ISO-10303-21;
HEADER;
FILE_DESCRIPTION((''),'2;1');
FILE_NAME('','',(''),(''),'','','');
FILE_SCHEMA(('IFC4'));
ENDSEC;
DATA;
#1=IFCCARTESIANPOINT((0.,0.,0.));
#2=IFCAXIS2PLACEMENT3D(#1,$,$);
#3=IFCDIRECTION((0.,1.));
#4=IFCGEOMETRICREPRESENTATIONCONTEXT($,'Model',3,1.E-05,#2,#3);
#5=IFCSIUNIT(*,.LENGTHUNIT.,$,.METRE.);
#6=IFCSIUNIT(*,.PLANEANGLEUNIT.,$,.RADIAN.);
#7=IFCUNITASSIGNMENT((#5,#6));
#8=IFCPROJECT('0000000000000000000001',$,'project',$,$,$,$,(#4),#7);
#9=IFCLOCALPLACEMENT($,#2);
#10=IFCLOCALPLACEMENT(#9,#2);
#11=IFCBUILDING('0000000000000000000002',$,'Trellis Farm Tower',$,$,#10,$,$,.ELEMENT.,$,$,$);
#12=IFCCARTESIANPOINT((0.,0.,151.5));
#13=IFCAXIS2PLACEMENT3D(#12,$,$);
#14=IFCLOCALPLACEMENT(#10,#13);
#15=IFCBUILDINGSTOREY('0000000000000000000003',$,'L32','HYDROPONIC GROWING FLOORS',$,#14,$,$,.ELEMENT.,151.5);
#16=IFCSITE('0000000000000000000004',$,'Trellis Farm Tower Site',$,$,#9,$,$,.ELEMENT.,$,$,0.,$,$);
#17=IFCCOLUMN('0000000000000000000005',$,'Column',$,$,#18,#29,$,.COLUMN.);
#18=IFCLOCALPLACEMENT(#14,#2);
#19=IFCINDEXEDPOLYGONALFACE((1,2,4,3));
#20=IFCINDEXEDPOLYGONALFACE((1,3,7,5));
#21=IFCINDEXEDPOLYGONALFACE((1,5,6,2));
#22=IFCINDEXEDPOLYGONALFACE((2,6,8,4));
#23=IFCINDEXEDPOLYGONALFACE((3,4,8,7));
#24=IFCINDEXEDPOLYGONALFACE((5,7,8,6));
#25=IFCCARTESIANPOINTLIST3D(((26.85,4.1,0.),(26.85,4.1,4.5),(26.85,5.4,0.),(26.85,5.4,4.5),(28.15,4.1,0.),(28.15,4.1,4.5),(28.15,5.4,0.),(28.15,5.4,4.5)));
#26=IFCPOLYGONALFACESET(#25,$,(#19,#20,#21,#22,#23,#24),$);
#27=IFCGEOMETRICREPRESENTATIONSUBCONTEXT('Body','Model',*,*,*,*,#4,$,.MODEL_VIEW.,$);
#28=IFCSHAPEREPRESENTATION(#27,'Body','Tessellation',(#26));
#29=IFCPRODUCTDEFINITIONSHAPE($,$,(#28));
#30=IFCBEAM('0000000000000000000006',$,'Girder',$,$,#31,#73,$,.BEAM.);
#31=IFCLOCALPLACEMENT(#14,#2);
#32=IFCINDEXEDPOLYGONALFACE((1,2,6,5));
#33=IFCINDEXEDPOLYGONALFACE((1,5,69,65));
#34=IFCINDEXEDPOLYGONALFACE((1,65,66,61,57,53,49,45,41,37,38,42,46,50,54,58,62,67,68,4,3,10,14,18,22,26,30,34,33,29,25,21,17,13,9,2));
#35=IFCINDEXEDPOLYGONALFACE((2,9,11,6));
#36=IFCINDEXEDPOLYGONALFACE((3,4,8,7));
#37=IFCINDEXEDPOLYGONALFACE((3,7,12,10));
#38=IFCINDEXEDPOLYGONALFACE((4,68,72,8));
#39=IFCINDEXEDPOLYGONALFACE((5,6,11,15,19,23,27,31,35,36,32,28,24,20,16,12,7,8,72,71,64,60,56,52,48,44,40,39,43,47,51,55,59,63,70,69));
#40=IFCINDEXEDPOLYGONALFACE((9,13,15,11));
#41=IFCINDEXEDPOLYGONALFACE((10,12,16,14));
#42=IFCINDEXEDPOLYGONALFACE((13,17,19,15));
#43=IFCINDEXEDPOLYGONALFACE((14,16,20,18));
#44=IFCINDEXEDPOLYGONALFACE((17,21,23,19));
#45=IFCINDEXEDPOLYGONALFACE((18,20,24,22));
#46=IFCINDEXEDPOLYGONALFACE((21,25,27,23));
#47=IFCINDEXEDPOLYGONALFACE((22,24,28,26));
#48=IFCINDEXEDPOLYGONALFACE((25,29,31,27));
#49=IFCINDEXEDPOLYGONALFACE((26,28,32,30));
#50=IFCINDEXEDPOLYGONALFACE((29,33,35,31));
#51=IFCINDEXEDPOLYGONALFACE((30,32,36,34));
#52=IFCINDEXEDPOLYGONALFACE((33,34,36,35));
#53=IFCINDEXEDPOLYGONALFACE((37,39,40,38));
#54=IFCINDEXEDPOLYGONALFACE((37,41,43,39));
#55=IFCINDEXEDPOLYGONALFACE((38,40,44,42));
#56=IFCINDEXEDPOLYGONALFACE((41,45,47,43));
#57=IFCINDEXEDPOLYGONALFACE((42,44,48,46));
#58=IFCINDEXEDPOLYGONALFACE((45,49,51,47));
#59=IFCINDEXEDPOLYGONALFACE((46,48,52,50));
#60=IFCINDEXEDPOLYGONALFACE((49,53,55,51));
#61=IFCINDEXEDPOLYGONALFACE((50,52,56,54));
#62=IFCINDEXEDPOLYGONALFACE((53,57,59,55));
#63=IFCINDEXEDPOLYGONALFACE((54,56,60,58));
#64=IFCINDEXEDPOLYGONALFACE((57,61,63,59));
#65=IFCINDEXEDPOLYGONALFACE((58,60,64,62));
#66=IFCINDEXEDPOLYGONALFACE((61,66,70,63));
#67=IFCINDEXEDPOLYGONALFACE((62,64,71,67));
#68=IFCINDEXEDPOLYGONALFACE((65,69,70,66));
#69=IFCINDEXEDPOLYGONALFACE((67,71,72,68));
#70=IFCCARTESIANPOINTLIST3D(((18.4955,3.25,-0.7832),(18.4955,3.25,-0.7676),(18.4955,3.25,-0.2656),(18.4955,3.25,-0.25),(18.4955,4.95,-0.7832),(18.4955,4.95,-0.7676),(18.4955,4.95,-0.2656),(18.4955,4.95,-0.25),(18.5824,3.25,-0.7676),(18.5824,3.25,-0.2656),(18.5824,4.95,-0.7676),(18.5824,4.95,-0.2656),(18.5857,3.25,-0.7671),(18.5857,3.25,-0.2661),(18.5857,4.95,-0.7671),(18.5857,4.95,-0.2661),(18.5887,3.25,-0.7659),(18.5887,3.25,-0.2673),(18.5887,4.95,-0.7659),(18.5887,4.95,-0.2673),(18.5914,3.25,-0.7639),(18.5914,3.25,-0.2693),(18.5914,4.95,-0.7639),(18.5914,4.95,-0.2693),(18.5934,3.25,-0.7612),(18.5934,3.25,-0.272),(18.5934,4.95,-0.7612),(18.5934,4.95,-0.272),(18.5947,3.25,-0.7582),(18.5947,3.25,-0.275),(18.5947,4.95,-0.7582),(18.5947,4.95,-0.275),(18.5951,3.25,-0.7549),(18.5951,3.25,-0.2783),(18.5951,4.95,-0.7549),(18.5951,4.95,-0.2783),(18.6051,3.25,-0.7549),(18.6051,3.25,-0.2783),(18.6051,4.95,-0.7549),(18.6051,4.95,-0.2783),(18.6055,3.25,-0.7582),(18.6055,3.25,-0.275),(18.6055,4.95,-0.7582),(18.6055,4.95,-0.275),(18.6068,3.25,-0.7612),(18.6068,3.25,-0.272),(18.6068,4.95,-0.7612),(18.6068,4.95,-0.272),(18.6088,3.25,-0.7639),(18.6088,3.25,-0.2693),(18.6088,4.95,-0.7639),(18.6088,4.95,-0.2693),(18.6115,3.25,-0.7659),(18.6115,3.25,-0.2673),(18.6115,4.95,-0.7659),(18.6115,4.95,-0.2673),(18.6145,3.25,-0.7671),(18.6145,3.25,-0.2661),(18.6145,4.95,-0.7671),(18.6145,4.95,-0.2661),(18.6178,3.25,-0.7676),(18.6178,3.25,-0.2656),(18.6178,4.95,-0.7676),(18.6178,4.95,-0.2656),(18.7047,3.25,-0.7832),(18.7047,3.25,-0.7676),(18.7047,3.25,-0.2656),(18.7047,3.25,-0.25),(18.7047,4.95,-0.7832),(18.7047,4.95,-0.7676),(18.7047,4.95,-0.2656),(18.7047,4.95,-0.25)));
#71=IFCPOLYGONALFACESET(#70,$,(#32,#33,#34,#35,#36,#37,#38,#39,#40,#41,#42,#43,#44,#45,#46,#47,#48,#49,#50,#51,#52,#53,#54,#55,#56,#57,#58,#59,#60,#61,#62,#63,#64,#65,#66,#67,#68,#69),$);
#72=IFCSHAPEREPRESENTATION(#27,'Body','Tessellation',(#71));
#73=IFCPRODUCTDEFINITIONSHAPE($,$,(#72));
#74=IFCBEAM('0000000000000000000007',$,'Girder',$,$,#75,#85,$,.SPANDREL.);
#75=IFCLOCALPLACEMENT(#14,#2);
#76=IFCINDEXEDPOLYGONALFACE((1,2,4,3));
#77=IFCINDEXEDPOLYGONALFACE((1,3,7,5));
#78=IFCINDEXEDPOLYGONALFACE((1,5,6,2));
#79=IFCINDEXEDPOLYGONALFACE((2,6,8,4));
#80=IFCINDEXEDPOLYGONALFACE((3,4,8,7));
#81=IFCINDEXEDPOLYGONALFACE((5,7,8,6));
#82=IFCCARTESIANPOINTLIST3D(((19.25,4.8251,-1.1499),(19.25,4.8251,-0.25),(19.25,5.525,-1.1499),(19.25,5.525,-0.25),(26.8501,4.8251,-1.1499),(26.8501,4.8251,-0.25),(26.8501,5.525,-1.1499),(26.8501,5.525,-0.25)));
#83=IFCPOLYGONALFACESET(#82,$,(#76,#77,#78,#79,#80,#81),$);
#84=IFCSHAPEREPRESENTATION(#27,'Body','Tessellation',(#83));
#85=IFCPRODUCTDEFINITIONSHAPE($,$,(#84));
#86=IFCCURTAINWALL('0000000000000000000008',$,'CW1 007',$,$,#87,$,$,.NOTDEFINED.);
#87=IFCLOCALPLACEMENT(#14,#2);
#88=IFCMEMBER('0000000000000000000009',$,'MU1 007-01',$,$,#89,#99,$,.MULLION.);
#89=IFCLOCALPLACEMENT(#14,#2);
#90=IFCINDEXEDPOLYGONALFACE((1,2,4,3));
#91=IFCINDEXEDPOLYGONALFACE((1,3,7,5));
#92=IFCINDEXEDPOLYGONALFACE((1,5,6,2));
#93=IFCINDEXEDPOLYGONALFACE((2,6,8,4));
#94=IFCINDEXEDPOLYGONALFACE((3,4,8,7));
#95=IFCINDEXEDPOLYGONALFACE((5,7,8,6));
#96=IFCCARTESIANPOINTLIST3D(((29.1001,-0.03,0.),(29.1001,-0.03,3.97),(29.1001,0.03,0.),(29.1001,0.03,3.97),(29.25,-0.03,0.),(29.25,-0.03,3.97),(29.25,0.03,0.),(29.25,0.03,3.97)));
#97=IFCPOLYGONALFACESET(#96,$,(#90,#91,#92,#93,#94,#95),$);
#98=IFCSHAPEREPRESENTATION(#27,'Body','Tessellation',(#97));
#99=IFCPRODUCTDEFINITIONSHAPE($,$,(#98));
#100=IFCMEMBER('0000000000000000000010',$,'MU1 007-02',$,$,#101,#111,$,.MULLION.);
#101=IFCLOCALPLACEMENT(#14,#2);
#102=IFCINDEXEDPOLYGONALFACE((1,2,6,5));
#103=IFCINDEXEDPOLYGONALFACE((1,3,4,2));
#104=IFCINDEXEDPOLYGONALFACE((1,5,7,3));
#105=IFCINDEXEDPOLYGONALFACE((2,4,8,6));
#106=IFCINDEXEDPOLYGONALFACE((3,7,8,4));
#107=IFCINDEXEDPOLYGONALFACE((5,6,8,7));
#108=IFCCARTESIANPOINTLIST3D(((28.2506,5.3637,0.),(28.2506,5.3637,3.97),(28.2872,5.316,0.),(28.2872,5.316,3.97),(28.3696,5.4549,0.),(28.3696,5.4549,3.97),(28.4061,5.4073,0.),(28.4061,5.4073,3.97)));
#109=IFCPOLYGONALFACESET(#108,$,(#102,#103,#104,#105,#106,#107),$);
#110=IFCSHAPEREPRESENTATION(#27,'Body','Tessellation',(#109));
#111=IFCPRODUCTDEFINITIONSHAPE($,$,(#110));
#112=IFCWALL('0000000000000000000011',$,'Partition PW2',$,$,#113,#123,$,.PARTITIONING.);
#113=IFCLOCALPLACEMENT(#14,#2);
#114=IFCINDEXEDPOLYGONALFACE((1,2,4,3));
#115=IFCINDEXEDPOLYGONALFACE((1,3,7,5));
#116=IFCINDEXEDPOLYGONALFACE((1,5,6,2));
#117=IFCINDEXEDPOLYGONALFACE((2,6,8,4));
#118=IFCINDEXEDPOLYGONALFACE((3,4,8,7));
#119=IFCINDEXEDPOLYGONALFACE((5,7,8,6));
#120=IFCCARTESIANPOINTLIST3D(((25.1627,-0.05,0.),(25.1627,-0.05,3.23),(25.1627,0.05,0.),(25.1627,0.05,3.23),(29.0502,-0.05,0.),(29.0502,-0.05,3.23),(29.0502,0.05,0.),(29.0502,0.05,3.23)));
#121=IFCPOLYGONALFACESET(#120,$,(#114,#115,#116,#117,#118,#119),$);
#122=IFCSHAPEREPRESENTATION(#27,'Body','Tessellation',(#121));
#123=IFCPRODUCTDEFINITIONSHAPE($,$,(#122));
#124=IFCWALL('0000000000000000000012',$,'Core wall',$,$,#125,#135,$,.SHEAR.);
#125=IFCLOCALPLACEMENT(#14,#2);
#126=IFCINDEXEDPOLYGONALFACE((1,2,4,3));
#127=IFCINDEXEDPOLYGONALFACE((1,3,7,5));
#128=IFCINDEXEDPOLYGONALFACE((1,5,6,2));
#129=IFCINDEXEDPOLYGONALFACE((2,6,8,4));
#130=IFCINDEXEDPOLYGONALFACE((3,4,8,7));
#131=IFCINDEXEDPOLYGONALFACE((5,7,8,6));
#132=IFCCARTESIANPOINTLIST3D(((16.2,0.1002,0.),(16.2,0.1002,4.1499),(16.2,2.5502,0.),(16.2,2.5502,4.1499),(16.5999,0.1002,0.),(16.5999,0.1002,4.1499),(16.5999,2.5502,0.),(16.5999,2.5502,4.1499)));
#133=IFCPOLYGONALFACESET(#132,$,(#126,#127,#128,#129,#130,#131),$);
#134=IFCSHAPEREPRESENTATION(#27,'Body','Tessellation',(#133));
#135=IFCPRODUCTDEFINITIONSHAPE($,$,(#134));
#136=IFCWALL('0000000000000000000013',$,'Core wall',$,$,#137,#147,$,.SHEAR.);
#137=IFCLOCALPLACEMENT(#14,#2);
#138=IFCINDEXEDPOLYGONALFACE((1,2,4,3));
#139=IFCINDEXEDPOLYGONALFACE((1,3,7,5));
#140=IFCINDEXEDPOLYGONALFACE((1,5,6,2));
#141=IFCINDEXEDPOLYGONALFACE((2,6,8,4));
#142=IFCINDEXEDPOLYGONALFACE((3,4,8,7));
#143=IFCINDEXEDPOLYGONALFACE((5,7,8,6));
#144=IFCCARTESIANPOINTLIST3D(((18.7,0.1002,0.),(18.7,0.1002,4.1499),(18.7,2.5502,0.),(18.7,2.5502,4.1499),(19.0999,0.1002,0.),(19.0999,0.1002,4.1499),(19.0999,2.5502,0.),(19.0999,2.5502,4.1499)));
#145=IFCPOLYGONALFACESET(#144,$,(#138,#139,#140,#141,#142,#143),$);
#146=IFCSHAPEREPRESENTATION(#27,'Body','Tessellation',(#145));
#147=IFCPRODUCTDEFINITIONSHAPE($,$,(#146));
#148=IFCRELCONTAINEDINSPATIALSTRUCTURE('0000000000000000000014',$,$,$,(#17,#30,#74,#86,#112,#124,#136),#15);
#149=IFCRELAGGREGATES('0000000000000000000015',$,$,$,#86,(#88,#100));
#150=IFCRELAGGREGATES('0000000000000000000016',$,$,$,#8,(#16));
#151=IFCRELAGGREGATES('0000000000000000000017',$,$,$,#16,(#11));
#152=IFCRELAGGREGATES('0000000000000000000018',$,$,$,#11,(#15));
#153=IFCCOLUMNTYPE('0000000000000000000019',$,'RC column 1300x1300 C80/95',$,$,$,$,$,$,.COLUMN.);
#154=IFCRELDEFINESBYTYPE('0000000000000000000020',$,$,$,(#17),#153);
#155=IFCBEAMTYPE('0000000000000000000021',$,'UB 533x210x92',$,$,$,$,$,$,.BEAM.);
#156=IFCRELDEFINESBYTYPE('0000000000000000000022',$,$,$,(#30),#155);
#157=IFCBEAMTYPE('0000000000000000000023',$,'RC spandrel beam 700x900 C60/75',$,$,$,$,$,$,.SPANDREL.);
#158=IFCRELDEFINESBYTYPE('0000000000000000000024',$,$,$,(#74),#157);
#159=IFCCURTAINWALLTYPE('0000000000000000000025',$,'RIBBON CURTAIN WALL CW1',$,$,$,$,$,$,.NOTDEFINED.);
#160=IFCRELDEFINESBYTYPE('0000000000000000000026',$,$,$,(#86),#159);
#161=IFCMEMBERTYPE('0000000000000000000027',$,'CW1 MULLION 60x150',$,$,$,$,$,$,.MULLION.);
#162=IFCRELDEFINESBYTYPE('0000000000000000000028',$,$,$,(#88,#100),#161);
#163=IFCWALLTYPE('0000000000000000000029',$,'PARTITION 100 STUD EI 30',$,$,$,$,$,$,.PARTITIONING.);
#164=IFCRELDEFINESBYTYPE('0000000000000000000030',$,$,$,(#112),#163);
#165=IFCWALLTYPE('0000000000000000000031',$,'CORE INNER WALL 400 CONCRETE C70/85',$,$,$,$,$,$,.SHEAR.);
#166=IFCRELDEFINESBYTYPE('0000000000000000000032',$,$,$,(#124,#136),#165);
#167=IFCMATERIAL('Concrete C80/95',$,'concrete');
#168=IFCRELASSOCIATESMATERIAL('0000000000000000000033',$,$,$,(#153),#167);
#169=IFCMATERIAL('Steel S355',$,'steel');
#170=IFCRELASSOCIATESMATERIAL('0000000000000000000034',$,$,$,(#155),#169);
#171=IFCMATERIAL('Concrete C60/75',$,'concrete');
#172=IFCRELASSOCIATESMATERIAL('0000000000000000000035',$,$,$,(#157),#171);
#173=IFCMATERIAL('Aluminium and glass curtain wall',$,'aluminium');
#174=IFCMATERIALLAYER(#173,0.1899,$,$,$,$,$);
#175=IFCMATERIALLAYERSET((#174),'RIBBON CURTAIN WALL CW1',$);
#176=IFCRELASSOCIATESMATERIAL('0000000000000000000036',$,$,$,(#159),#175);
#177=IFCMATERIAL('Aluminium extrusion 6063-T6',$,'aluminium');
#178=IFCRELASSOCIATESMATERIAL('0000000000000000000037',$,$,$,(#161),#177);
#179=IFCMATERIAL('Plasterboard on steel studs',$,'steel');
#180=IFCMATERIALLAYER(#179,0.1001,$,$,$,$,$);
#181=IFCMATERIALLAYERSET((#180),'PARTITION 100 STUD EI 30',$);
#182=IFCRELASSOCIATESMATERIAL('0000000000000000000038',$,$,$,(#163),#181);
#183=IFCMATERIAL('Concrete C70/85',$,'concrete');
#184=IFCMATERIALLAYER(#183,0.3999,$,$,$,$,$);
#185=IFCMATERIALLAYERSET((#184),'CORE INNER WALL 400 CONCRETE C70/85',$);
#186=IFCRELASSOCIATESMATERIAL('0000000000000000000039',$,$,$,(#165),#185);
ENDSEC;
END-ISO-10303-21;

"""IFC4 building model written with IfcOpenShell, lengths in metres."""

from ifc_helpers import new_model, si_unit, direction, frame, frame_2d, origin, origin_2d, place, context, subcontext, project, spatial, rectangle, i_section, extrude, source, transform, mapped, material, layer, layer_set, material_profile, profile_set, type_object, element, aggregate, save


model = new_model("IFC4")

# Units and contexts
model_context = context("Model", 3, precision=1e-05, world=origin(), true_north=direction((0.0, 1.0)))
body_context = subcontext(model_context, "Body", "Model", "MODEL_VIEW")
ifc_project = project(units=[si_unit("LENGTHUNIT", "METRE"), si_unit("PLANEANGLEUNIT", "RADIAN")], contexts=[model_context])

# Site, building, storey
site_placement = place(None, origin())
site = spatial("IfcSite", under=ifc_project, at=site_placement, Name="Trellis Farm Tower Site", CompositionType="ELEMENT", RefElevation=0.0)
building_placement = place(site_placement, origin())
building = spatial("IfcBuilding", under=site, at=building_placement, Name="Trellis Farm Tower", CompositionType="ELEMENT")
storey_placement = place(building_placement, frame((0.0, 0.0, 151.5)))
storey = spatial("IfcBuildingStorey", under=building, at=storey_placement, Name="L32", Description="HYDROPONIC GROWING FLOORS", CompositionType="ELEMENT", Elevation=151.5)

# Column
ifc_material_1 = material(Name="Concrete C80/95", Category="concrete")
ifc_material_profile_1 = material_profile(ifc_material_1, rectangle(XDim=1.3, YDim=1.3, at=origin_2d()), Name="RC column 1300x1300 C80/95")
ifc_profile_set_1 = profile_set([ifc_material_profile_1], Name="Concrete C80/95")
column_type = type_object("IfcColumnType", Name="RC column 1300x1300 C80/95", PredefinedType="COLUMN", material=ifc_profile_set_1)
shared_shape_1 = source(origin(), body_context, "Body", "SweptSolid", [
    extrude(rectangle(XDim=1.3, YDim=1.3, at=origin_2d()), origin(), (0.0, 0.0, 1.0), 4.5),
])
column_placement = place(storey_placement, frame((27.5, 4.75, 0.0), z_axis=(0.0, 0.0, 1.0), x_axis=(1.0, 0.0, 0.0)))
element("IfcColumn", 1, at=column_placement, inside=storey, type_object=column_type, Name="Column", PredefinedType="COLUMN", context=body_context, shape_type="MappedRepresentation", body=[
    mapped(shared_shape_1, transform((0.0, 0.0, 0.0))),
])

# Beams
ifc_material_2 = material(Name="Steel S355", Category="steel")
ifc_material_profile_2 = material_profile(ifc_material_2, i_section(OverallWidth=0.2092, OverallDepth=0.5332, WebThickness=0.01, FlangeThickness=0.0156, FilletRadius=0.0127, at=origin_2d()), Name="UB 533x210x92")
ifc_profile_set_2 = profile_set([ifc_material_profile_2], Name="Steel S355")
beam_type_1 = type_object("IfcBeamType", Name="UB 533x210x92", PredefinedType="BEAM", material=ifc_profile_set_2)
shared_shape_2 = source(origin(), body_context, "Body", "SweptSolid", [
    extrude(i_section(OverallWidth=0.2092, OverallDepth=0.5332, WebThickness=0.01, FlangeThickness=0.0156, FilletRadius=0.0127, at=origin_2d()), origin(), (0.0, 0.0, 1.0), 1.7),
])
beam_1_placement = place(storey_placement, frame((18.6001, 3.25, -0.5166), z_axis=(0.0, 1.0, 0.0), x_axis=(-1.0, 0.0, 0.0)))
element("IfcBeam", 2, at=beam_1_placement, inside=storey, type_object=beam_type_1, Name="Girder", PredefinedType="BEAM", context=body_context, shape_type="MappedRepresentation", body=[
    mapped(shared_shape_2, transform((0.0, 0.0, 0.0))),
])
ifc_material_3 = material(Name="Concrete C60/75", Category="concrete")
ifc_material_profile_3 = material_profile(ifc_material_3, rectangle(XDim=0.7, YDim=0.8999, at=origin_2d()), Name="RC spandrel beam 700x900 C60/75")
ifc_profile_set_3 = profile_set([ifc_material_profile_3], Name="Concrete C60/75")
beam_type_2 = type_object("IfcBeamType", Name="RC spandrel beam 700x900 C60/75", PredefinedType="SPANDREL", material=ifc_profile_set_3)
shared_shape_3 = source(origin(), body_context, "Body", "SweptSolid", [
    extrude(rectangle(XDim=0.7, YDim=0.8999, at=origin_2d()), origin(), (0.0, 0.0, 1.0), 7.6001),
])
beam_2_placement = place(storey_placement, frame((19.25, 5.175, -0.7), z_axis=(1.0, 0.0, 0.0), x_axis=(0.0, 1.0, 0.0)))
element("IfcBeam", 3, at=beam_2_placement, inside=storey, type_object=beam_type_2, Name="Girder", PredefinedType="SPANDREL", context=body_context, shape_type="MappedRepresentation", body=[
    mapped(shared_shape_3, transform((0.0, 0.0, 0.0))),
])

# Curtain wall, members
ifc_material_4 = material(Name="Aluminium and glass curtain wall", Category="aluminium")
ifc_layer_1 = layer(ifc_material_4, 0.1899)
ifc_layer_set_1 = layer_set([ifc_layer_1], Name="RIBBON CURTAIN WALL CW1")
curtain_wall_type = type_object("IfcCurtainWallType", Name="RIBBON CURTAIN WALL CW1", PredefinedType="NOTDEFINED", material=ifc_layer_set_1)
curtain_wall_placement = place(storey_placement, origin())
curtain_wall = element("IfcCurtainWall", 4, at=curtain_wall_placement, inside=storey, type_object=curtain_wall_type, Name="CW1 007", PredefinedType="NOTDEFINED")
ifc_material_5 = material(Name="Aluminium extrusion 6063-T6", Category="aluminium")
ifc_material_profile_4 = material_profile(ifc_material_5, rectangle(XDim=0.0601, YDim=0.1499, at=origin_2d()), Name="MULLION 60x150")
ifc_profile_set_4 = profile_set([ifc_material_profile_4], Name="Aluminium extrusion 6063-T6")
member_type = type_object("IfcMemberType", Name="CW1 MULLION 60x150", PredefinedType="MULLION", material=ifc_profile_set_4)
shared_shape_4 = source(origin(), body_context, "Body", "SweptSolid", [
    extrude(rectangle(XDim=0.0601, YDim=0.1499, at=origin_2d()), origin(), (0.0, 0.0, 1.0), 3.97),
])
member_1_placement = place(storey_placement, frame((29.175, 0.0, 0.0), z_axis=(0.0, 0.0, 1.0), x_axis=(0.0, 1.0, 0.0)))
member_1 = element("IfcMember", 5, at=member_1_placement, type_object=member_type, Name="MU1 007-01", PredefinedType="MULLION", context=body_context, shape_type="MappedRepresentation", body=[
    mapped(shared_shape_4, transform((0.0, 0.0, 0.0))),
])
member_2_placement = place(storey_placement, frame((28.3284, 5.3855, 0.0), z_axis=(0.0, 0.0, 1.0), x_axis=(-0.608761, 0.793353, 0.0)))
member_2 = element("IfcMember", 6, at=member_2_placement, type_object=member_type, Name="MU1 007-02", PredefinedType="MULLION", context=body_context, shape_type="MappedRepresentation", body=[
    mapped(shared_shape_4, transform((0.0, 0.0, 0.0))),
])
aggregate(curtain_wall, [member_1, member_2])

# Walls
ifc_material_6 = material(Name="Plasterboard on steel studs", Category="steel")
ifc_layer_2 = layer(ifc_material_6, 0.1001)
ifc_layer_set_2 = layer_set([ifc_layer_2], Name="PARTITION 100 STUD EI 30")
wall_type_1 = type_object("IfcWallType", Name="PARTITION 100 STUD EI 30", PredefinedType="PARTITIONING", material=ifc_layer_set_2)
wall_1_placement = place(storey_placement, frame((25.1626, 0.0, 0.0), z_axis=(0.0, 0.0, 1.0), x_axis=(1.0, 0.0, 0.0)))
element("IfcWall", 7, at=wall_1_placement, inside=storey, type_object=wall_type_1, Name="Partition PW2", PredefinedType="PARTITIONING", context=body_context, shape_type="SweptSolid", body=[
    extrude(rectangle(XDim=3.8875, YDim=0.1001, at=frame_2d((1.9438, 0.0))), origin(), (0.0, 0.0, 1.0), 3.23),
])
ifc_material_7 = material(Name="Concrete C70/85", Category="concrete")
ifc_layer_3 = layer(ifc_material_7, 0.3999)
ifc_layer_set_3 = layer_set([ifc_layer_3], Name="CORE INNER WALL 400 CONCRETE C70/85")
wall_type_2 = type_object("IfcWallType", Name="CORE INNER WALL 400 CONCRETE C70/85", PredefinedType="SHEAR", material=ifc_layer_set_3)
shared_shape_5 = source(origin(), body_context, "Body", "SweptSolid", [
    extrude(rectangle(XDim=2.45, YDim=0.3999, at=frame_2d((1.2251, 0.0))), origin(), (0.0, 0.0, 1.0), 4.1499),
])
for number, where, z_axis, x_axis, name in (
    (8, (16.3999, 0.1001, 0.0), (0.0, 0.0, 1.0), (0.0, 1.0, 0.0), "Core wall"),
    (9, (18.8999, 0.1001, 0.0), (0.0, 0.0, 1.0), (0.0, 1.0, 0.0), "Core wall"),
):
    element("IfcWall", number, at=place(storey_placement, frame(where, z_axis=z_axis, x_axis=x_axis)), inside=storey, type_object=wall_type_2, Name=name, PredefinedType="SHEAR", context=body_context, shape_type="MappedRepresentation", body=[
        mapped(shared_shape_5, transform((0.0, 0.0, 0.0))),
    ])

save(model, "model.ifc")
